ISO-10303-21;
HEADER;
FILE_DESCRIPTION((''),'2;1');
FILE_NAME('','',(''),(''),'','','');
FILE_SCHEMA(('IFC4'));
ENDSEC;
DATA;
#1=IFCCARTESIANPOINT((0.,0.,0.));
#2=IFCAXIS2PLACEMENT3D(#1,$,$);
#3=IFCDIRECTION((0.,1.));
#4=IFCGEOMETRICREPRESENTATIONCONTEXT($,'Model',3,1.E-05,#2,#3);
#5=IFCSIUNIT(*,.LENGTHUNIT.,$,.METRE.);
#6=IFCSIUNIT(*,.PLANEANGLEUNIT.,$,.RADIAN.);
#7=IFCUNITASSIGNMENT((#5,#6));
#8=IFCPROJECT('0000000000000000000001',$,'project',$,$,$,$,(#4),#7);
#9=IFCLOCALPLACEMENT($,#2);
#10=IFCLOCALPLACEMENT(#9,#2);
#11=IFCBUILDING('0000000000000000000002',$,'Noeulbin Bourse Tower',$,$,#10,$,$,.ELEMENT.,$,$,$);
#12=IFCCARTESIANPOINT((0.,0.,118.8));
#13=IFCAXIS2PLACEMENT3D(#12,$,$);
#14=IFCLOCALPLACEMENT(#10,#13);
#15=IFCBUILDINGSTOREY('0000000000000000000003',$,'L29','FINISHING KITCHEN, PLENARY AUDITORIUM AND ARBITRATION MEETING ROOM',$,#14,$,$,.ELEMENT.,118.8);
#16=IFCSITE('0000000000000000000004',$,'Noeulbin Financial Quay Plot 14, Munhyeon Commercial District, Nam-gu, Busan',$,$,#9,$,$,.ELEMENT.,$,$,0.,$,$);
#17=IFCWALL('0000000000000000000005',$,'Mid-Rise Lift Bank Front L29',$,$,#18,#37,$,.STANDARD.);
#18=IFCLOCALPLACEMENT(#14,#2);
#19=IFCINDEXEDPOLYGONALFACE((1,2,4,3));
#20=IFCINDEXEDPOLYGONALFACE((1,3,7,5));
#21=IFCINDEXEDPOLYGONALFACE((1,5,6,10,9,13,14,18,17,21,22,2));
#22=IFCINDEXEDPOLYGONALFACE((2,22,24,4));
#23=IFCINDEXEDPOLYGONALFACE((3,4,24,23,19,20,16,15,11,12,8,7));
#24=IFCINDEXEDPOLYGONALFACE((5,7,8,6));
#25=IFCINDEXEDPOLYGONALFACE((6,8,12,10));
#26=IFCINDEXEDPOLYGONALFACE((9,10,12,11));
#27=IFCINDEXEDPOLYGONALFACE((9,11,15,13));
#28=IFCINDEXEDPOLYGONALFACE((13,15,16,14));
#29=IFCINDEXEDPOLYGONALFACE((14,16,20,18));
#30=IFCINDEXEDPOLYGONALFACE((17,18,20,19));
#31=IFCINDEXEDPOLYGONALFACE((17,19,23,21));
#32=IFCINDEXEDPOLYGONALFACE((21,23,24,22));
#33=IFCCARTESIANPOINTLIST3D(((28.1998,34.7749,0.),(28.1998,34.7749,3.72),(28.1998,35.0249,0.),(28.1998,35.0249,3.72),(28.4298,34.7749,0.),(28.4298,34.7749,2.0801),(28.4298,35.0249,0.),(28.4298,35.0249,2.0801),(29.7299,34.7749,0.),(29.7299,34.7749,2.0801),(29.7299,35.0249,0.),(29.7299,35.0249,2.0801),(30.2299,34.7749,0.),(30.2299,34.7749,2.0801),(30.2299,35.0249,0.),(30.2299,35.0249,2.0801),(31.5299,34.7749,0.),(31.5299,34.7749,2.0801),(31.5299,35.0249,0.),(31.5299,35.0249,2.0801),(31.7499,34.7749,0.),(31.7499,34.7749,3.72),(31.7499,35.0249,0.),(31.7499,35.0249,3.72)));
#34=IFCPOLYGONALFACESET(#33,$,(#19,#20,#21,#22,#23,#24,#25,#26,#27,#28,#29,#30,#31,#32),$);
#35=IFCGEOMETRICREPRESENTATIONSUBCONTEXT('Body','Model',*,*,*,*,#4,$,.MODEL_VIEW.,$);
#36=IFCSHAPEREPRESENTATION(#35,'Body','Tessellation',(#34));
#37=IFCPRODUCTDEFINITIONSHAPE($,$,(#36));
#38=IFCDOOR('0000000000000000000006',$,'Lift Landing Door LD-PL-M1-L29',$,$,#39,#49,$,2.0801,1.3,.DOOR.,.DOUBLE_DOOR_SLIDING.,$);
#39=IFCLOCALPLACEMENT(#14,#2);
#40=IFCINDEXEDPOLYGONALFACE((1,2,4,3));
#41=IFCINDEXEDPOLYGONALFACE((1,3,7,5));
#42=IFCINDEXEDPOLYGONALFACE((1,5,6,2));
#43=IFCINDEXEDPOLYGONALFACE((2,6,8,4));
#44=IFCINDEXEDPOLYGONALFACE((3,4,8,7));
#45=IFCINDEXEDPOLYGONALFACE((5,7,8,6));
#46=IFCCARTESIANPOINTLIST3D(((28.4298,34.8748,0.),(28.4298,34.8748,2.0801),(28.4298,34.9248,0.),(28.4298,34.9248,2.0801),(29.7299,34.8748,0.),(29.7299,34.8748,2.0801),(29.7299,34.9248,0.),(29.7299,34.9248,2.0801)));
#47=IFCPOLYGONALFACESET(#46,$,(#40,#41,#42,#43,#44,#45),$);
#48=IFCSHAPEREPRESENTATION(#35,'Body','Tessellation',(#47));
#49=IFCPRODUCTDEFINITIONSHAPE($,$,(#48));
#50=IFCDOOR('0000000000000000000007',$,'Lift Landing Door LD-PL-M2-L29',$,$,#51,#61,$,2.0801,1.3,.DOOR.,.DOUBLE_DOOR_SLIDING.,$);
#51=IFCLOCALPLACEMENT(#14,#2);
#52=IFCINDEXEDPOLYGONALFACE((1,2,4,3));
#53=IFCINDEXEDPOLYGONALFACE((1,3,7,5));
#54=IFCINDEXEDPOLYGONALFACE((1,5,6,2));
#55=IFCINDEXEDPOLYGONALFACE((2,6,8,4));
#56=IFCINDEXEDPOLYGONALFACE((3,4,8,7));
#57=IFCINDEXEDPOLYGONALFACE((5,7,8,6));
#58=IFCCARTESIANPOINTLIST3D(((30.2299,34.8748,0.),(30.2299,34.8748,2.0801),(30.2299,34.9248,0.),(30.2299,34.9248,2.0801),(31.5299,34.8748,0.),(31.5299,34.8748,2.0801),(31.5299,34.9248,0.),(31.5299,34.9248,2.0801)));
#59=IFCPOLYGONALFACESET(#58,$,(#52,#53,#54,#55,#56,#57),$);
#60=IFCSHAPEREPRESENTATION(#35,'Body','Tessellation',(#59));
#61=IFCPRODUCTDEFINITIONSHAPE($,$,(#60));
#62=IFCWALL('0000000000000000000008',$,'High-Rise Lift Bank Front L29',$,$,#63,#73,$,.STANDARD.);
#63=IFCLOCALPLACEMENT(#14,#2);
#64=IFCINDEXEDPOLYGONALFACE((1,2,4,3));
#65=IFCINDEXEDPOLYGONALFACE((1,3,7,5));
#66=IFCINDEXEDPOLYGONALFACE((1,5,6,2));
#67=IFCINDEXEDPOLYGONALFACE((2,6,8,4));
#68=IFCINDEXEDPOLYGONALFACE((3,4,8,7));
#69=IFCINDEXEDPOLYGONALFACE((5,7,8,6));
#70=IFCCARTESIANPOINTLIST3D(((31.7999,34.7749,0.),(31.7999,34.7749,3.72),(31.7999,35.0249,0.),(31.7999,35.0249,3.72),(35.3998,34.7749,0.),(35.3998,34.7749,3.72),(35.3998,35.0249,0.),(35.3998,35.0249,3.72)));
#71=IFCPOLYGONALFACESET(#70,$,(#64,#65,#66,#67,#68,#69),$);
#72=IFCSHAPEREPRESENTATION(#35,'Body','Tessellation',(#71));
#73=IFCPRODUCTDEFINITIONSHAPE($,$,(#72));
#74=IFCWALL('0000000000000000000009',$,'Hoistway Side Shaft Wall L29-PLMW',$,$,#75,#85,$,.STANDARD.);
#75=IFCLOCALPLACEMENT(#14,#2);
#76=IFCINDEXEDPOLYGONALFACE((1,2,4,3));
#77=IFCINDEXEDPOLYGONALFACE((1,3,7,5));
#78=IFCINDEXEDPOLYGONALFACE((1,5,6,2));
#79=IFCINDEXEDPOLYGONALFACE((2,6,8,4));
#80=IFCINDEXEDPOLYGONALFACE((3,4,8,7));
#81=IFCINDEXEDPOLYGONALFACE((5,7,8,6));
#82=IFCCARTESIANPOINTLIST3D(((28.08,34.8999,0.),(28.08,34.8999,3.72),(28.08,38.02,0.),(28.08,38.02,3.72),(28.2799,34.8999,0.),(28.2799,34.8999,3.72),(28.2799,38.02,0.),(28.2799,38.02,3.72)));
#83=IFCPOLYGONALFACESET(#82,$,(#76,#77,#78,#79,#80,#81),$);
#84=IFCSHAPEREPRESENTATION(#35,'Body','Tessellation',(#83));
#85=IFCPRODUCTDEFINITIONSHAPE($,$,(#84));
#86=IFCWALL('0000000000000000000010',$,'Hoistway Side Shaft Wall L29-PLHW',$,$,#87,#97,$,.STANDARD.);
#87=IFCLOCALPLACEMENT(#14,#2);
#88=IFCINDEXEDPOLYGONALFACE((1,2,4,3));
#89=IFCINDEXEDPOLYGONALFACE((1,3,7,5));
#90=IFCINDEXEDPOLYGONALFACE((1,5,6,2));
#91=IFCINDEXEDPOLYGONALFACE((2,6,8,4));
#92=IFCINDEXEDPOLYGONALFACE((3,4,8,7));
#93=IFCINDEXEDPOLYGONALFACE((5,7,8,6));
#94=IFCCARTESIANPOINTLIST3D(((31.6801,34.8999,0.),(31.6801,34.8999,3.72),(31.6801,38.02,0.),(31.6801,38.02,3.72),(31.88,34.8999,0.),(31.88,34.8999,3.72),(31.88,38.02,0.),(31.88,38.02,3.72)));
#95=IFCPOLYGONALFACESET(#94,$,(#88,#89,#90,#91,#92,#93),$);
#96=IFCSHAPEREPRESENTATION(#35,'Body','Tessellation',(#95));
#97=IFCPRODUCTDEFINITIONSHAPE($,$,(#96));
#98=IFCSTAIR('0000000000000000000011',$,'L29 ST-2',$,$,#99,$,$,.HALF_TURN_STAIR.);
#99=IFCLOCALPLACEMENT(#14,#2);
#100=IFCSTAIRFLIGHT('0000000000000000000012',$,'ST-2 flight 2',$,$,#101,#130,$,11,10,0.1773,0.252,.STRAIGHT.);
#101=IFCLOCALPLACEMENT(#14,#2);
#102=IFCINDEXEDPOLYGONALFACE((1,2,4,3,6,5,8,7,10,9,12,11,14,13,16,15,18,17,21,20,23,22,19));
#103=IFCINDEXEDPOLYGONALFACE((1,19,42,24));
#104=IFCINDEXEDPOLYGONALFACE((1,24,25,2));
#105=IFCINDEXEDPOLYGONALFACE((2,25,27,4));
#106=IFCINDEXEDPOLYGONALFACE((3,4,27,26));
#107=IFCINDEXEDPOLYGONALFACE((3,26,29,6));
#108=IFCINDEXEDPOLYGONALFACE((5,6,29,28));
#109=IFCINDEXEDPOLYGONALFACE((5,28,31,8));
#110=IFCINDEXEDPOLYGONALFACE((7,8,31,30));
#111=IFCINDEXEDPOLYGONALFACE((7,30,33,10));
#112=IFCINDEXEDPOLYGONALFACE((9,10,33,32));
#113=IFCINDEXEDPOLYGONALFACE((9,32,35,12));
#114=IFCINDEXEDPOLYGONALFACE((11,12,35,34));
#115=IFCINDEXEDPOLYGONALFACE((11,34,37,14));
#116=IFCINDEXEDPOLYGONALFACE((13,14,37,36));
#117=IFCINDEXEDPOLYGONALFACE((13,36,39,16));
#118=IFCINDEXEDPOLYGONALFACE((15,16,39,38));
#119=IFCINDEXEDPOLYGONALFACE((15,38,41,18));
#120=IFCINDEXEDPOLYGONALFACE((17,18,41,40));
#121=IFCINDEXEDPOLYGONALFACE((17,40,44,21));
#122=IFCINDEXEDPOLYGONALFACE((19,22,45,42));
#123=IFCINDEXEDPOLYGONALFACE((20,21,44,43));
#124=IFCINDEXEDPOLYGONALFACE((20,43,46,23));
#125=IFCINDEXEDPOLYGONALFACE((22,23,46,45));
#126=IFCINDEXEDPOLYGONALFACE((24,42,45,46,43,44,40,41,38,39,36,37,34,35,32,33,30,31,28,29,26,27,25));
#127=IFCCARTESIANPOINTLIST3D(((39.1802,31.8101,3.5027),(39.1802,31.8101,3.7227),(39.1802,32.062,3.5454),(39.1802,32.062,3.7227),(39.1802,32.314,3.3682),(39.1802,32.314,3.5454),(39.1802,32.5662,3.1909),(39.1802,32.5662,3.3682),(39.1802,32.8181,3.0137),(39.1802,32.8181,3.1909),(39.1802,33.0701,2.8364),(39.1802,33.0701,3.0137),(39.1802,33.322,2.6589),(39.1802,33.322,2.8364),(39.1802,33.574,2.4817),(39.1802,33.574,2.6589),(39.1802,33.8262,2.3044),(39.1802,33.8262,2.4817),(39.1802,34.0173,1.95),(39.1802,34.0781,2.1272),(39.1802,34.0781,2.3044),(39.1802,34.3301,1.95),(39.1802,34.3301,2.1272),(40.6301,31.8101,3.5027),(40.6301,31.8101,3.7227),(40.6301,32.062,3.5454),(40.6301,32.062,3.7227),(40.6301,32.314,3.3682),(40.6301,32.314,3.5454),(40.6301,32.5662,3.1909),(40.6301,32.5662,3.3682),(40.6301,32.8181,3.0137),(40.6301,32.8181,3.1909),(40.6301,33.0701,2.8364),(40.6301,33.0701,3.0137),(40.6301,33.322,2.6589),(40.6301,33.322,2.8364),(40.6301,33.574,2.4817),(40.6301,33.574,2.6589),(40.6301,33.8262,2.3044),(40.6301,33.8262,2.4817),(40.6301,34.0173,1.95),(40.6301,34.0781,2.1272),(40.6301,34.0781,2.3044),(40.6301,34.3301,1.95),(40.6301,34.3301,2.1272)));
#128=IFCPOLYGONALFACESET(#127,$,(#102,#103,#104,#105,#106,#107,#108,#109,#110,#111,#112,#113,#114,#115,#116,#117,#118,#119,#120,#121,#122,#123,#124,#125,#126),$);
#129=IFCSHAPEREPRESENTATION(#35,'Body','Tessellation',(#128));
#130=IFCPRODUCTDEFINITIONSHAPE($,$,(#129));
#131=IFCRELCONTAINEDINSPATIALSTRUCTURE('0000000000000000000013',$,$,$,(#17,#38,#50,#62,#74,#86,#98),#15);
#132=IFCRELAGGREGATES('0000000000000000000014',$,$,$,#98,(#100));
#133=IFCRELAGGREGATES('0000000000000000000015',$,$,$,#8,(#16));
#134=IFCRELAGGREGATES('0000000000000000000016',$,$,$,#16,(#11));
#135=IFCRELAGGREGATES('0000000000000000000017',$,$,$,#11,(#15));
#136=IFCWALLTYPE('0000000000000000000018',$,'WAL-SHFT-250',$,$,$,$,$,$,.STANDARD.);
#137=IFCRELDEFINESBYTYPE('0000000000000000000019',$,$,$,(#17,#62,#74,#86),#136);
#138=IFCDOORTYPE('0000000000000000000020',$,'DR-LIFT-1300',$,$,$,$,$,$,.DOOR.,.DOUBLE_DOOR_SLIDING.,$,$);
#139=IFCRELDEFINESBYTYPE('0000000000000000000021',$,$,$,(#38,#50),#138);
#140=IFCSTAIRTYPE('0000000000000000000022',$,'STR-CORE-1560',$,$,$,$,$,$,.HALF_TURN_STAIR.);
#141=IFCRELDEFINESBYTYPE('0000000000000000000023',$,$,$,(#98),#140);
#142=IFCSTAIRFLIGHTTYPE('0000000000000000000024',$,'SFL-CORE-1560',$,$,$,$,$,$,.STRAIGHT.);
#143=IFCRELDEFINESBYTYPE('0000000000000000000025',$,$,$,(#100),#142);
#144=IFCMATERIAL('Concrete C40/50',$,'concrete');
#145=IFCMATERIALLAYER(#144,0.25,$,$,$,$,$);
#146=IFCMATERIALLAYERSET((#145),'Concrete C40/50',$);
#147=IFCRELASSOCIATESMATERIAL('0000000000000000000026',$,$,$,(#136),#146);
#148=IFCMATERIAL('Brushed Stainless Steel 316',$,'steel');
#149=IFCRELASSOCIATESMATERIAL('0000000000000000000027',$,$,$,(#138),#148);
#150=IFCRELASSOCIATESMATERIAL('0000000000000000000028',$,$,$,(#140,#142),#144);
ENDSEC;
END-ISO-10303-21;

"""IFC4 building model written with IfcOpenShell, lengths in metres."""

from ifc_helpers import new_model, si_unit, direction, frame, frame_2d, origin, place, context, subcontext, project, spatial, polyline, rectangle, outline, extrude, material, layer, layer_set, type_object, element, fill, aggregate, save


model = new_model("IFC4")

# Units and contexts
model_context = context("Model", 3, precision=1e-05, world=origin(), true_north=direction((0.0, 1.0)))
body_context = subcontext(model_context, "Body", "Model", "MODEL_VIEW")
ifc_project = project(units=[si_unit("LENGTHUNIT", "METRE"), si_unit("PLANEANGLEUNIT", "RADIAN")], contexts=[model_context])

# Site, building, storey
site_placement = place(None, origin())
site = spatial("IfcSite", under=ifc_project, at=site_placement, Name="Noeulbin Financial Quay Plot 14, Munhyeon Commercial District, Nam-gu, Busan", CompositionType="ELEMENT", RefElevation=0.0)
building_placement = place(site_placement, origin())
building = spatial("IfcBuilding", under=site, at=building_placement, Name="Noeulbin Bourse Tower", CompositionType="ELEMENT")
storey_placement = place(building_placement, frame((0.0, 0.0, 118.8)))
storey = spatial("IfcBuildingStorey", under=building, at=storey_placement, Name="L29", Description="FINISHING KITCHEN, PLENARY AUDITORIUM AND ARBITRATION MEETING ROOM", CompositionType="ELEMENT", Elevation=118.8)

# Shared definitions
ifc_material_1 = material(Name="Concrete C40/50", Category="concrete")
ifc_layer_1 = layer(ifc_material_1, 0.25)
ifc_layer_set_1 = layer_set([ifc_layer_1], Name="Concrete C40/50")
wall_type = type_object("IfcWallType", Name="WAL-SHFT-250", PredefinedType="STANDARD", material=ifc_layer_set_1)

# Wall, openings, doors
wall_1_placement = place(storey_placement, frame((28.2, 34.8999, 0.0), z_axis=(0.0, 0.0, 1.0), x_axis=(1.0, 0.0, 0.0)))
wall_1 = element("IfcWall", 1, at=wall_1_placement, inside=storey, type_object=wall_type, Name="Mid-Rise Lift Bank Front L29", PredefinedType="STANDARD", context=body_context, shape_type="SweptSolid", body=[
    extrude(rectangle(XDim=3.55, YDim=0.25, at=frame_2d((1.7749, 0.0))), origin(), (0.0, 0.0, 1.0), 3.72),
])
opening_1_placement = place(wall_1_placement, frame((0.23, 0.0, 0.0)))
opening_1 = element("IfcOpeningElement", 2, at=opening_1_placement, cuts=wall_1, PredefinedType="OPENING", context=body_context, shape_type="SweptSolid", body=[
    extrude(rectangle(XDim=1.3, YDim=2.0801, at=frame_2d((0.6499, 1.04))), frame((0.0, 0.135, 0.0), z_axis=(0.0, -1.0, 0.0), x_axis=(1.0, 0.0, 0.0)), (0.0, 0.0, 1.0), 0.27),
])
opening_2_placement = place(wall_1_placement, frame((2.03, 0.0, 0.0)))
opening_2 = element("IfcOpeningElement", 3, at=opening_2_placement, cuts=wall_1, PredefinedType="OPENING", context=body_context, shape_type="SweptSolid", body=[
    extrude(rectangle(XDim=1.3, YDim=2.0801, at=frame_2d((0.6499, 1.04))), frame((0.0, 0.135, 0.0), z_axis=(0.0, -1.0, 0.0), x_axis=(1.0, 0.0, 0.0)), (0.0, 0.0, 1.0), 0.27),
])
ifc_material_2 = material(Name="Brushed Stainless Steel 316", Category="steel")
door_type = type_object("IfcDoorType", Name="DR-LIFT-1300", OperationType="DOUBLE_DOOR_SLIDING", PredefinedType="DOOR", material=ifc_material_2)
door_1_placement = place(opening_1_placement, origin())
door_1 = element("IfcDoor", 4, at=door_1_placement, inside=storey, type_object=door_type, Name="Lift Landing Door LD-PL-M1-L29", OperationType="DOUBLE_DOOR_SLIDING", OverallHeight=2.0801, OverallWidth=1.3, PredefinedType="DOOR", context=body_context, shape_type="SweptSolid", body=[
    extrude(rectangle(XDim=1.3, YDim=2.0801, at=frame_2d((0.6499, 1.04))), frame((0.0, 0.0249, 0.0), z_axis=(0.0, -1.0, 0.0), x_axis=(1.0, 0.0, 0.0)), (0.0, 0.0, 1.0), 0.05),
])
fill(opening_1, door_1)
door_2_placement = place(opening_2_placement, origin())
door_2 = element("IfcDoor", 5, at=door_2_placement, inside=storey, type_object=door_type, Name="Lift Landing Door LD-PL-M2-L29", OperationType="DOUBLE_DOOR_SLIDING", OverallHeight=2.0801, OverallWidth=1.3, PredefinedType="DOOR", context=body_context, shape_type="SweptSolid", body=[
    extrude(rectangle(XDim=1.3, YDim=2.0801, at=frame_2d((0.6499, 1.04))), frame((0.0, 0.0249, 0.0), z_axis=(0.0, -1.0, 0.0), x_axis=(1.0, 0.0, 0.0)), (0.0, 0.0, 1.0), 0.05),
])
fill(opening_2, door_2)

# Walls
wall_2_placement = place(storey_placement, frame((31.8, 34.8999, 0.0), z_axis=(0.0, 0.0, 1.0), x_axis=(1.0, 0.0, 0.0)))
element("IfcWall", 6, at=wall_2_placement, inside=storey, type_object=wall_type, Name="High-Rise Lift Bank Front L29", PredefinedType="STANDARD", context=body_context, shape_type="SweptSolid", body=[
    extrude(rectangle(XDim=3.5999, YDim=0.25, at=frame_2d((1.7998, 0.0))), origin(), (0.0, 0.0, 1.0), 3.72),
])
for number, where, z_axis, x_axis, name in (
    (7, (28.1799, 34.8999, 0.0), (0.0, 0.0, 1.0), (0.0, 1.0, 0.0), "Hoistway Side Shaft Wall L29-PLMW"),
    (8, (31.78, 34.8999, 0.0), (0.0, 0.0, 1.0), (0.0, 1.0, 0.0), "Hoistway Side Shaft Wall L29-PLHW"),
):
    element("IfcWall", number, at=place(storey_placement, frame(where, z_axis=z_axis, x_axis=x_axis)), inside=storey, type_object=wall_type, Name=name, PredefinedType="STANDARD", context=body_context, shape_type="SweptSolid", body=[
        extrude(rectangle(XDim=3.1201, YDim=0.2, at=frame_2d((1.5601, 0.0))), origin(), (0.0, 0.0, 1.0), 3.72),
    ])

# Stair, stair flight
stair_type = type_object("IfcStairType", Name="STR-CORE-1560", PredefinedType="HALF_TURN_STAIR", material=ifc_material_1)
stair_placement = place(storey_placement, origin())
stair = element("IfcStair", 9, at=stair_placement, inside=storey, type_object=stair_type, Name="L29 ST-2", PredefinedType="HALF_TURN_STAIR")
stair_flight_type = type_object("IfcStairFlightType", Name="SFL-CORE-1560", PredefinedType="STRAIGHT", material=ifc_material_1)
stair_flight_placement = place(storey_placement, frame((39.905, 34.3301, 1.95), z_axis=(0.0, 0.0, 1.0), x_axis=(0.0, -1.0, 0.0)))
stair_flight = element("IfcStairFlight", 10, at=stair_flight_placement, type_object=stair_flight_type, Name="ST-2 flight 2", NumberOfRisers=11, NumberOfTreads=10, PredefinedType="STRAIGHT", RiserHeight=0.1773, TreadLength=0.252, context=body_context, shape_type="SweptSolid", body=[
    extrude(outline(polyline([(0.0, 0.0), (0.0, 0.1772), (0.252, 0.1772), (0.252, 0.3545), (0.5039, 0.3545), (0.5039, 0.5317), (0.7561, 0.5317), (0.7561, 0.709), (1.0081, 0.709), (1.0081, 0.8865), (1.26, 0.8865), (1.26, 1.0637), (1.512, 1.0637), (1.512, 1.241), (1.7639, 1.241), (1.7639, 1.4182), (2.0161, 1.4182), (2.0161, 1.5955), (2.2681, 1.5955), (2.2681, 1.7727), (2.52, 1.7727), (2.52, 1.95), (2.52, 1.5527), (0.3127, 0.0), (0.0, 0.0)])), frame((0.0, 0.7251, 0.0), z_axis=(0.0, -1.0, 0.0), x_axis=(1.0, 0.0, 0.0)), (0.0, 0.0, 1.0), 1.45),
])
aggregate(stair, [stair_flight])

save(model, "model.ifc")
